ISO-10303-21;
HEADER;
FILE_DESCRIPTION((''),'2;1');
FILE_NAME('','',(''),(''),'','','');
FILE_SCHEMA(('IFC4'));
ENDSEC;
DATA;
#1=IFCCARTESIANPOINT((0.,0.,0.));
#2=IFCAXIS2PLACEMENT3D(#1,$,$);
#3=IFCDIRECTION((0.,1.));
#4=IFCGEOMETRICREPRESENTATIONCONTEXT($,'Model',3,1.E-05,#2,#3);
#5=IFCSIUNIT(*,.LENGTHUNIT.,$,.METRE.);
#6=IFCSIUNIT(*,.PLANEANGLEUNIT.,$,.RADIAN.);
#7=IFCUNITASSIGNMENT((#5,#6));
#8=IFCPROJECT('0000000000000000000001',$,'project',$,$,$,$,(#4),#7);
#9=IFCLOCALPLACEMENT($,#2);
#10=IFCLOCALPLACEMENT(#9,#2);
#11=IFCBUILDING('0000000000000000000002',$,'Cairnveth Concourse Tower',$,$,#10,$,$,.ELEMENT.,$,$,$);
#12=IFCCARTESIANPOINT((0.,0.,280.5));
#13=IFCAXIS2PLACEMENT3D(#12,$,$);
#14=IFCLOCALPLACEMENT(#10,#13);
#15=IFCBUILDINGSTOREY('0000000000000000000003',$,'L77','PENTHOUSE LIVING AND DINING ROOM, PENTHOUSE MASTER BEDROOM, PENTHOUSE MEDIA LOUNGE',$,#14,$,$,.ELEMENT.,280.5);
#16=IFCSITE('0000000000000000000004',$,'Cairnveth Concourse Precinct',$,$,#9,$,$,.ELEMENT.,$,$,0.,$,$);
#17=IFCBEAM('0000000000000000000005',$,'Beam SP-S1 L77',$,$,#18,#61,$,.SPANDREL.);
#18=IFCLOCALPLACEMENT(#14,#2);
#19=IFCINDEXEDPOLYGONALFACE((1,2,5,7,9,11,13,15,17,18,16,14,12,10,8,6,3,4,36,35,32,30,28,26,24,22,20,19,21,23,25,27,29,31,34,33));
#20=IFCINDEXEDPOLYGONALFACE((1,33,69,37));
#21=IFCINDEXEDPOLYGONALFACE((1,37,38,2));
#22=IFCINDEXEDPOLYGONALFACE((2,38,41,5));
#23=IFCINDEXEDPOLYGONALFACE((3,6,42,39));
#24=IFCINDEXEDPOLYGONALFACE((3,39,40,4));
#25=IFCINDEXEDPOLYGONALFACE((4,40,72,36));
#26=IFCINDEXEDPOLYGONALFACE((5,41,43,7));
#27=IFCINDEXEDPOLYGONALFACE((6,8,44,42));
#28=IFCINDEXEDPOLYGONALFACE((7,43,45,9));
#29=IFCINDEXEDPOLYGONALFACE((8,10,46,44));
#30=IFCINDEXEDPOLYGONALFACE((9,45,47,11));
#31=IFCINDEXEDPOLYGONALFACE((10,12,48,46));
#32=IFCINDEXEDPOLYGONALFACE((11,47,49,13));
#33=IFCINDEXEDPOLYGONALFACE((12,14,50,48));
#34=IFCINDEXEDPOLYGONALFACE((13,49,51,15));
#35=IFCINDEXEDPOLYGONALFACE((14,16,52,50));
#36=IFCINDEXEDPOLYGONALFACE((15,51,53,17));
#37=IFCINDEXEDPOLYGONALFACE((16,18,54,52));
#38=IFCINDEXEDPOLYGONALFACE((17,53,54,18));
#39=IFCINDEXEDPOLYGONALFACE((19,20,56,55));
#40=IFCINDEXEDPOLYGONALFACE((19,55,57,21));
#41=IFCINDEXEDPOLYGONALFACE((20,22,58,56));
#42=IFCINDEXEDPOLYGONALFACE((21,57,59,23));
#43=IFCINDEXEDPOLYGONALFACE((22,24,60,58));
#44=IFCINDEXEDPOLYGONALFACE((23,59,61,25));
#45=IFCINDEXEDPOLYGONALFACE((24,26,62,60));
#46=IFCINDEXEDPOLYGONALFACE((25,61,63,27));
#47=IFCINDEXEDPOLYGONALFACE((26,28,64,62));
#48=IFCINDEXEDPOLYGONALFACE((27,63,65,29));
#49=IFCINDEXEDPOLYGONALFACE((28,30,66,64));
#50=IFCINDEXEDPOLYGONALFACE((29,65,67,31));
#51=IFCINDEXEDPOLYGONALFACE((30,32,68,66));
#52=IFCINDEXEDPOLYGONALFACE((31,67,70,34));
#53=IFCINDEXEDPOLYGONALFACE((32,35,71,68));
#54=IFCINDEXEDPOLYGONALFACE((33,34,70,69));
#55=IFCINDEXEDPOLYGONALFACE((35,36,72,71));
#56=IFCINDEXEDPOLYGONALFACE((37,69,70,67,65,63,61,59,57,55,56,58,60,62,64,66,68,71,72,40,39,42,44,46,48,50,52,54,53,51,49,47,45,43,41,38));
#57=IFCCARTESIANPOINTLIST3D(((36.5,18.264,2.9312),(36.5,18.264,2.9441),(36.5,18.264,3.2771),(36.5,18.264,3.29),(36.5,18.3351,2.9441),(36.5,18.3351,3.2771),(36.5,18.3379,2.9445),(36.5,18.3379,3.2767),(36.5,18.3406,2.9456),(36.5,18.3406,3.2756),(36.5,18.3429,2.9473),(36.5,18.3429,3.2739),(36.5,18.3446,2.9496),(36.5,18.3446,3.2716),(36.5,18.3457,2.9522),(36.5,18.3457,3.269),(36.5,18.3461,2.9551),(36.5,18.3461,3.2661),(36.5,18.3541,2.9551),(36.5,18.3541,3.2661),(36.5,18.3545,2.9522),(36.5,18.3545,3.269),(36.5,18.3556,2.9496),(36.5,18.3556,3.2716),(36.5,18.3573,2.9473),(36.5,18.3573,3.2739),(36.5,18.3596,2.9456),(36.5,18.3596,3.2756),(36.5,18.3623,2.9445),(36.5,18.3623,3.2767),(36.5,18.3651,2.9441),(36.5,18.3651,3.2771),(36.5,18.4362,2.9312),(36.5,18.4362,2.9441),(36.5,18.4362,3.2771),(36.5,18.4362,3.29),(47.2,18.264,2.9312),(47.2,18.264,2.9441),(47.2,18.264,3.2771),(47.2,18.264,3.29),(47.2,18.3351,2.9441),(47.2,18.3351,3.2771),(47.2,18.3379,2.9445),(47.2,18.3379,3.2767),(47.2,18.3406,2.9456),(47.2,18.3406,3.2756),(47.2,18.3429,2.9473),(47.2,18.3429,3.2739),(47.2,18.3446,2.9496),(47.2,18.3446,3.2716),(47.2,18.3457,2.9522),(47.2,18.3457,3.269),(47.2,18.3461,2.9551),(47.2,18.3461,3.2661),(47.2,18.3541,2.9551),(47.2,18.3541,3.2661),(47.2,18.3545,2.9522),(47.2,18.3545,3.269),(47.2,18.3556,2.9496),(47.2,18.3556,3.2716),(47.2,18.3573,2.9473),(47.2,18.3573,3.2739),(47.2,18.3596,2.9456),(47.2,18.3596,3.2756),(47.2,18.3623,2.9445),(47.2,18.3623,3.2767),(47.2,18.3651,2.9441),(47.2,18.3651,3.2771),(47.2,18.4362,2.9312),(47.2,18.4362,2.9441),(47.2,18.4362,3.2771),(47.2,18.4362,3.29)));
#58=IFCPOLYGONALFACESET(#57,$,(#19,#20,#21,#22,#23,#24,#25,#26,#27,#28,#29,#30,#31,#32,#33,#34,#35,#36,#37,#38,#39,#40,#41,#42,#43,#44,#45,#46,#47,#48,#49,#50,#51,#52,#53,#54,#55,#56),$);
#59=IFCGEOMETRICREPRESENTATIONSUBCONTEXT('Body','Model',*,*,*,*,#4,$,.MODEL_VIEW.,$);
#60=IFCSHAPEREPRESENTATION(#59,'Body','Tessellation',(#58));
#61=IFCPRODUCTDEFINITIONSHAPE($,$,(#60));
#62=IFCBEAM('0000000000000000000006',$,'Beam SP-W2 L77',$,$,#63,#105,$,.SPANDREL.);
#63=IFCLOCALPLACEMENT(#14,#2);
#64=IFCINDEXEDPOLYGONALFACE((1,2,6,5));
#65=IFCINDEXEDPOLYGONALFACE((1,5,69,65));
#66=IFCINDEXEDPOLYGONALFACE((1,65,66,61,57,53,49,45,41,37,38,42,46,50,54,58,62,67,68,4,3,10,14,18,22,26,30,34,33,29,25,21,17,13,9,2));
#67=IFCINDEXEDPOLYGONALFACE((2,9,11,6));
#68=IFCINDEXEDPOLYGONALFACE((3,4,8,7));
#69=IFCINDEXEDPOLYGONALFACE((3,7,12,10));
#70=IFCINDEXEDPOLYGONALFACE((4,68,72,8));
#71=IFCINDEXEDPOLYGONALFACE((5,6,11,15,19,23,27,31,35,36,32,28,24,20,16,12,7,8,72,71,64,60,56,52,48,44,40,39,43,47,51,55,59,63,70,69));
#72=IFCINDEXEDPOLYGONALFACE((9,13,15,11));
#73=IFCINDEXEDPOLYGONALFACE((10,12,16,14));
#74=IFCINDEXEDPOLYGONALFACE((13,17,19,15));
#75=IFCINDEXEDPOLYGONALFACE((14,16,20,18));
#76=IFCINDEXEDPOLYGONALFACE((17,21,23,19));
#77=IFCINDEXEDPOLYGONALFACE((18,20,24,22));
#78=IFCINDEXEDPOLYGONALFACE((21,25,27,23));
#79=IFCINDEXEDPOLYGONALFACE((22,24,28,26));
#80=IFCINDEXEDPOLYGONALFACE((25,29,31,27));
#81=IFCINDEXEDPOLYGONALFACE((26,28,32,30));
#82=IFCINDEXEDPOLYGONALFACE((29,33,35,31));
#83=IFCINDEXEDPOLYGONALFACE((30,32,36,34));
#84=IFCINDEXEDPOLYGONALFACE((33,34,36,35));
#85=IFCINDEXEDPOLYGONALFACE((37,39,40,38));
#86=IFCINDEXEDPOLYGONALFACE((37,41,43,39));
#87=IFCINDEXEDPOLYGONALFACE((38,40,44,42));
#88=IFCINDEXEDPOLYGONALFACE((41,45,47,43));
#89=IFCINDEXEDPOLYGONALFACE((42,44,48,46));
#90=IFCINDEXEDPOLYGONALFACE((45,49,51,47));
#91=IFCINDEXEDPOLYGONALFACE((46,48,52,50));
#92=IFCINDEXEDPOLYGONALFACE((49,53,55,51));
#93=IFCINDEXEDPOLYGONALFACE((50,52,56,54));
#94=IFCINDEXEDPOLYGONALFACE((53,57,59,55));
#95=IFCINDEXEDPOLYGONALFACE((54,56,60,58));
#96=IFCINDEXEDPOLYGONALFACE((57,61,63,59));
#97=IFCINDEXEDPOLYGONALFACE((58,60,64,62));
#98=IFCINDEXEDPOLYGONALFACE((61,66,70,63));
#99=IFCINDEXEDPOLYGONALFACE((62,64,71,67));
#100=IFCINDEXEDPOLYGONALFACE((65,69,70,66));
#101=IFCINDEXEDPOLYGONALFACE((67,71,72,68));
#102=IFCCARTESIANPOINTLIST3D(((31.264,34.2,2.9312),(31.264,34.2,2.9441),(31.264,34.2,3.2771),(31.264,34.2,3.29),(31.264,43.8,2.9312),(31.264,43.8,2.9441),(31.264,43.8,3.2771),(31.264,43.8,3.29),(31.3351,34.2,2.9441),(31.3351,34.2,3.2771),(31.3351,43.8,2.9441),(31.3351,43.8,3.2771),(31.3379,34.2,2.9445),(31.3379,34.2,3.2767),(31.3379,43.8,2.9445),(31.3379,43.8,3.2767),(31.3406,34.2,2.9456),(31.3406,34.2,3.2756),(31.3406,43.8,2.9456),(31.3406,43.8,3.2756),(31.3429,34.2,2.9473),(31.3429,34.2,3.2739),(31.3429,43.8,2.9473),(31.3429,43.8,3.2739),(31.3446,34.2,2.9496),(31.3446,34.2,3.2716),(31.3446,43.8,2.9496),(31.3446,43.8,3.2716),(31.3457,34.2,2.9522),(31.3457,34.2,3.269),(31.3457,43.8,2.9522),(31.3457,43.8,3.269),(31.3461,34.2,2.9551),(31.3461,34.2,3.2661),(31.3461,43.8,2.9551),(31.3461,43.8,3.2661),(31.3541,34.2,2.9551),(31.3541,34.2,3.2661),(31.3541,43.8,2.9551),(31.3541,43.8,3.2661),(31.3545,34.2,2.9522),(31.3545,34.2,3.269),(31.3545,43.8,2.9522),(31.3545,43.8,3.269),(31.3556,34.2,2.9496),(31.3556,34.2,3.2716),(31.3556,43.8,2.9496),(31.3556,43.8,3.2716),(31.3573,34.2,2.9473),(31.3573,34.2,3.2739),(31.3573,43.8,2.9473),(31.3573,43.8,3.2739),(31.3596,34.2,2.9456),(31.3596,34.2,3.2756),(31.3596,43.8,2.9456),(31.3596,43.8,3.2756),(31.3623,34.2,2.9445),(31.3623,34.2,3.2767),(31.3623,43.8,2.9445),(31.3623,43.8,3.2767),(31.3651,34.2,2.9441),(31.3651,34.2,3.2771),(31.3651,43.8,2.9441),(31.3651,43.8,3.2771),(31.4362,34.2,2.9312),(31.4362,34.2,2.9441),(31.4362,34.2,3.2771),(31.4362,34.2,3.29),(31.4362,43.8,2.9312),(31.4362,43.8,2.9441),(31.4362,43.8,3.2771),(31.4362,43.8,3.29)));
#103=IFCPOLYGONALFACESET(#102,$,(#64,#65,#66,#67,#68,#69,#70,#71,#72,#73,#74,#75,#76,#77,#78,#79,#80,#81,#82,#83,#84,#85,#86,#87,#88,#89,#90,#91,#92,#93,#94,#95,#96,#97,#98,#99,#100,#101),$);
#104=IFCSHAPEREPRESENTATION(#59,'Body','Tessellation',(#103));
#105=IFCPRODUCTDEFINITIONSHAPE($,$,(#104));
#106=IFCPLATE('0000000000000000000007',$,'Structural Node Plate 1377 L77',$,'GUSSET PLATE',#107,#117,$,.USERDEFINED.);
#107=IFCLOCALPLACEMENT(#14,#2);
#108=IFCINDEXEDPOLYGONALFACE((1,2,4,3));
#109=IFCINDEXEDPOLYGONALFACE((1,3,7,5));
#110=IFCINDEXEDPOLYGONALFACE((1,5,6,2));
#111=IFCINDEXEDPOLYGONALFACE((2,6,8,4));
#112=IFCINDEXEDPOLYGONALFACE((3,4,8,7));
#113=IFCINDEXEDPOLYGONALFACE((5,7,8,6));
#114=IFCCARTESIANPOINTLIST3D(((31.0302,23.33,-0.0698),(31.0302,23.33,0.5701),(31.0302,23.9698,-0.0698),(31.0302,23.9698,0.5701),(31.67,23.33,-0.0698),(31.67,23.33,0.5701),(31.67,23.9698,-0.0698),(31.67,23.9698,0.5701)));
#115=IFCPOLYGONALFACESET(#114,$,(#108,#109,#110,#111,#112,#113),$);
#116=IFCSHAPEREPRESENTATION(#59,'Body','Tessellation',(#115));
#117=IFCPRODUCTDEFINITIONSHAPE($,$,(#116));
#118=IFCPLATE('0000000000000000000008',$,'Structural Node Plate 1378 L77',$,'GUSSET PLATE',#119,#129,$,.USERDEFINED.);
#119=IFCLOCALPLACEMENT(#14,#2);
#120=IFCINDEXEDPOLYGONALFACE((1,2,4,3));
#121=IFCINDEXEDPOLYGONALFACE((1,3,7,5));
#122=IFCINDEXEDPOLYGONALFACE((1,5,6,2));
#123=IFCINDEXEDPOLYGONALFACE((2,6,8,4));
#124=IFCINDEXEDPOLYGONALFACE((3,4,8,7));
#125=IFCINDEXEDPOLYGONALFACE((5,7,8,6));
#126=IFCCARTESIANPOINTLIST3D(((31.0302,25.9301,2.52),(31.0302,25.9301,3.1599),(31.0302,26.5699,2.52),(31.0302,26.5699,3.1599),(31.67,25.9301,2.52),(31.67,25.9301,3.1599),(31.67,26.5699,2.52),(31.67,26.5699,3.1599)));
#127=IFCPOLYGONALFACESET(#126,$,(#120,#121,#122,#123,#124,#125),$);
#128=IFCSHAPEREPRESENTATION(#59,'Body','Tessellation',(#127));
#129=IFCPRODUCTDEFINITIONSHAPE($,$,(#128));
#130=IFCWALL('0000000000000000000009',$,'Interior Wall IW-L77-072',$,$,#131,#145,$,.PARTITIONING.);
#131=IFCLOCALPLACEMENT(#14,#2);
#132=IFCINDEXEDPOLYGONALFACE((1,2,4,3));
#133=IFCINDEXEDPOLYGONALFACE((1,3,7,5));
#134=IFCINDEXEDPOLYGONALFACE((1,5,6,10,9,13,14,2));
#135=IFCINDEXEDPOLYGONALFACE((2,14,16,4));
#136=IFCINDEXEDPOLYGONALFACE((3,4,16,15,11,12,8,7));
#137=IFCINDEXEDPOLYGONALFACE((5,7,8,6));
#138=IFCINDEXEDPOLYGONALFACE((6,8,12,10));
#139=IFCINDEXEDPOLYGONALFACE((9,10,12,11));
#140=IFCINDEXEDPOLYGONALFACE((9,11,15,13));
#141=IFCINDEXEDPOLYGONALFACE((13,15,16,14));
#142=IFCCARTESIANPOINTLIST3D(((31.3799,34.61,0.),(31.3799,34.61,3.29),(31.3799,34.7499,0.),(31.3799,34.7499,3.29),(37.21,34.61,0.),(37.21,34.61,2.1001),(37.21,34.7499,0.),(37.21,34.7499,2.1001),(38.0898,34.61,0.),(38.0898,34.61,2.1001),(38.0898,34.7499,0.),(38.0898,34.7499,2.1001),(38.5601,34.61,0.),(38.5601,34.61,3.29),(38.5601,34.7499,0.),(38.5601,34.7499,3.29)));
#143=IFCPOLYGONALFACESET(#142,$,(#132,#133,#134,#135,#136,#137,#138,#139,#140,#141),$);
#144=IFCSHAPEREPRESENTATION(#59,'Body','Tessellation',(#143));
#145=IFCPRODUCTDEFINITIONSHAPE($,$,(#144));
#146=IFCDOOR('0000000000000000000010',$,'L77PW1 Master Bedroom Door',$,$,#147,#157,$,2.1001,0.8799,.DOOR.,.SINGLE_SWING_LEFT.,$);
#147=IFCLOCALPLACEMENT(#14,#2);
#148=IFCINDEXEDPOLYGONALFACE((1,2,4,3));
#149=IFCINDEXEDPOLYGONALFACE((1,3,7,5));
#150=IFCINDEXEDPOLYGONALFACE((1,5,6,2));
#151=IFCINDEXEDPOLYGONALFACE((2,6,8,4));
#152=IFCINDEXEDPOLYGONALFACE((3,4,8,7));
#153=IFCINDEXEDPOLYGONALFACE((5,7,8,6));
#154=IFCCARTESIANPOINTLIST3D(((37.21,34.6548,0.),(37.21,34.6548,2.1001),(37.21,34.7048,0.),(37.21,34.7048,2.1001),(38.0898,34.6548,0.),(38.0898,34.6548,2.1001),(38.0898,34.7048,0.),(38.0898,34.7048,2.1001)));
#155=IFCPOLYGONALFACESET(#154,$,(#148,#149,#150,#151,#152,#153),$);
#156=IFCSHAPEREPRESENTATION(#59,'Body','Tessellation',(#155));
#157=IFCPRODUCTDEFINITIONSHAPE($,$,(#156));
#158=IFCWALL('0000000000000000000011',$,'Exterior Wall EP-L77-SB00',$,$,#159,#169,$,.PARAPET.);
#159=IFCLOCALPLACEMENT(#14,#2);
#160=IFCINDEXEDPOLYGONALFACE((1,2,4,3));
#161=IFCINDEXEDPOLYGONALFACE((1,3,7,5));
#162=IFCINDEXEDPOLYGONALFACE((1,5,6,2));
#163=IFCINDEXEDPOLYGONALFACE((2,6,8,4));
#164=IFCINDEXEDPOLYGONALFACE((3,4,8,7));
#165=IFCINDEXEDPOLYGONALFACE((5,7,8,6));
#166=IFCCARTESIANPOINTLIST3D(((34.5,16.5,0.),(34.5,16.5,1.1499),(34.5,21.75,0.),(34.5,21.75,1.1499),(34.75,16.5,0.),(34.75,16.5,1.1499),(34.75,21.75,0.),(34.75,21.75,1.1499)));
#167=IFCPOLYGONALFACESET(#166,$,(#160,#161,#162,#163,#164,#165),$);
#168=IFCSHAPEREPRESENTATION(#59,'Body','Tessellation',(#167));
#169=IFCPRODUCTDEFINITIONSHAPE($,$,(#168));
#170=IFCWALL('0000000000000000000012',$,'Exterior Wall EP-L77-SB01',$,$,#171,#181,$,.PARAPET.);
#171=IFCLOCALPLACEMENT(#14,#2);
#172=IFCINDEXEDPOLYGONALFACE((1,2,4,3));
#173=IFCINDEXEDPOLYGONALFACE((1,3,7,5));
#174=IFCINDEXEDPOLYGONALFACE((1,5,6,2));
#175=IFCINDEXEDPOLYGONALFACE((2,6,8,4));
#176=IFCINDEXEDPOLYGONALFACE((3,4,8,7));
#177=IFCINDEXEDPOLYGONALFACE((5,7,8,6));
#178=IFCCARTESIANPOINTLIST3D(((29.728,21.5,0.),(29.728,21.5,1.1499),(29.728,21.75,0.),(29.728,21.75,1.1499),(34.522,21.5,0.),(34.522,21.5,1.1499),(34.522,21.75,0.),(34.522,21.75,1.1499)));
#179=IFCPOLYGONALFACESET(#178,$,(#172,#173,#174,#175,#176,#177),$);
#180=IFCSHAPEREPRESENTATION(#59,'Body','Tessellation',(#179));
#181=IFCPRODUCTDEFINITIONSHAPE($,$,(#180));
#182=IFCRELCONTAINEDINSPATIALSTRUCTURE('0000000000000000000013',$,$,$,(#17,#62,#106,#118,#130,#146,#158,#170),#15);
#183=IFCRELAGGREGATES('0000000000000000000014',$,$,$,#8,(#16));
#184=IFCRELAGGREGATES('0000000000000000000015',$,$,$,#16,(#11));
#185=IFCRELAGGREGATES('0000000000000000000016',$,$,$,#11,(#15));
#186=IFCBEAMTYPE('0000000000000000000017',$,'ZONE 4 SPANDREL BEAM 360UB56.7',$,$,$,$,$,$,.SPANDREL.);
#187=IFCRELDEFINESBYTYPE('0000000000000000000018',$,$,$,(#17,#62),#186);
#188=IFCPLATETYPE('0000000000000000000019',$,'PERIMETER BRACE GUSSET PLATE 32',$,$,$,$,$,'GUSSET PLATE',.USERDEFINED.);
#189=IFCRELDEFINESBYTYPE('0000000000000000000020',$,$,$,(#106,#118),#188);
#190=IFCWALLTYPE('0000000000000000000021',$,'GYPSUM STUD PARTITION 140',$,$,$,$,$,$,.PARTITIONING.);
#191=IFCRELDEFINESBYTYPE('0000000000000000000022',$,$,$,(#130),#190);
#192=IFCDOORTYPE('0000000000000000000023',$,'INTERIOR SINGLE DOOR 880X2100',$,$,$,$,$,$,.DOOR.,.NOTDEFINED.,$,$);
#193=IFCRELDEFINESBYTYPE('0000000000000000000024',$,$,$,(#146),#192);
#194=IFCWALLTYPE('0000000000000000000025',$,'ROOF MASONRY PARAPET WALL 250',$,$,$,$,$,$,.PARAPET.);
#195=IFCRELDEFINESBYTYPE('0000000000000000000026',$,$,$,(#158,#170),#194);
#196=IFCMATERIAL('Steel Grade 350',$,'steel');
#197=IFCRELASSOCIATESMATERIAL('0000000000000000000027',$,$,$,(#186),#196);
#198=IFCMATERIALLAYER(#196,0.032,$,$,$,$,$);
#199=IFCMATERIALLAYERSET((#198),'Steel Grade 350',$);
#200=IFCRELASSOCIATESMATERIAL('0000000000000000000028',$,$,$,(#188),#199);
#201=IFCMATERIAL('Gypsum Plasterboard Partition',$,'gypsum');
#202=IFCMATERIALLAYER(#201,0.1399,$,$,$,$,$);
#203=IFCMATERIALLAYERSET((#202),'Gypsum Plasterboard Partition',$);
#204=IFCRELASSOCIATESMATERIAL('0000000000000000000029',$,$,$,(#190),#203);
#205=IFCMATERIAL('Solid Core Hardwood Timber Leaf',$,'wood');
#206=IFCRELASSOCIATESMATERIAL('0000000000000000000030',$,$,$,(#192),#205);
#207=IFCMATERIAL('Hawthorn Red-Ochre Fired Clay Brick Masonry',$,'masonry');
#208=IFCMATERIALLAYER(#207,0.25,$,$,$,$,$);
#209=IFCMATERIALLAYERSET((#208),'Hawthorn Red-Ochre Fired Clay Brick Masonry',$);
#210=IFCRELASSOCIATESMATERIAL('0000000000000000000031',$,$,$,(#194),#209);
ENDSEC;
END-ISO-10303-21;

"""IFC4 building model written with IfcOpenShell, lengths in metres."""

from ifc_helpers import new_model, si_unit, direction, frame, frame_2d, origin, origin_2d, place, context, subcontext, project, spatial, rectangle, i_section, extrude, material, layer, layer_set, material_profile, profile_set, type_object, element, fill, save


model = new_model("IFC4")

# Units and contexts
model_context = context("Model", 3, precision=1e-05, world=origin(), true_north=direction((0.0, 1.0)))
body_context = subcontext(model_context, "Body", "Model", "MODEL_VIEW")
ifc_project = project(units=[si_unit("LENGTHUNIT", "METRE"), si_unit("PLANEANGLEUNIT", "RADIAN")], contexts=[model_context])

# Site, building, storey
site_placement = place(None, origin())
site = spatial("IfcSite", under=ifc_project, at=site_placement, Name="Cairnveth Concourse Precinct", CompositionType="ELEMENT", RefElevation=0.0)
building_placement = place(site_placement, origin())
building = spatial("IfcBuilding", under=site, at=building_placement, Name="Cairnveth Concourse Tower", CompositionType="ELEMENT")
storey_placement = place(building_placement, frame((0.0, 0.0, 280.5)))
storey = spatial("IfcBuildingStorey", under=building, at=storey_placement, Name="L77", Description="PENTHOUSE LIVING AND DINING ROOM, PENTHOUSE MASTER BEDROOM, PENTHOUSE MEDIA LOUNGE", CompositionType="ELEMENT", Elevation=280.5)

# Shared definitions
ifc_material_1 = material(Name="Steel Grade 350", Category="steel")

# Beams
ifc_material_profile_1 = material_profile(ifc_material_1, i_section(OverallWidth=0.1721, OverallDepth=0.3589, WebThickness=0.0081, FlangeThickness=0.0129, FilletRadius=0.011, at=origin_2d()), Name="360UB56.7")
ifc_profile_set_1 = profile_set([ifc_material_profile_1], Name="Steel Grade 350")
beam_type_1 = type_object("IfcBeamType", Name="ZONE 4 SPANDREL BEAM 360UB56.7", PredefinedType="SPANDREL", material=ifc_profile_set_1)
beam_1_placement = place(storey_placement, frame((36.5, 18.3501, 3.1106), z_axis=(1.0, 0.0, 0.0), x_axis=(0.0, 1.0, 0.0)))
element("IfcBeam", 1, at=beam_1_placement, inside=storey, type_object=beam_type_1, Name="Beam SP-S1 L77", PredefinedType="SPANDREL", context=body_context, shape_type="SweptSolid", body=[
    extrude(i_section(OverallWidth=0.1721, OverallDepth=0.3589, WebThickness=0.0081, FlangeThickness=0.0129, FilletRadius=0.011, at=origin_2d()), origin(), (0.0, 0.0, 1.0), 10.7),
])
beam_2_placement = place(storey_placement, frame((31.3501, 34.2, 3.1106), z_axis=(0.0, 1.0, 0.0), x_axis=(-1.0, 0.0, 0.0)))
element("IfcBeam", 2, at=beam_2_placement, inside=storey, type_object=beam_type_1, Name="Beam SP-W2 L77", PredefinedType="SPANDREL", context=body_context, shape_type="SweptSolid", body=[
    extrude(i_section(OverallWidth=0.1721, OverallDepth=0.3589, WebThickness=0.0081, FlangeThickness=0.0129, FilletRadius=0.011, at=origin_2d()), origin(), (0.0, 0.0, 1.0), 9.6001),
])

# Plates
ifc_layer_1 = layer(ifc_material_1, 0.032)
ifc_layer_set_1 = layer_set([ifc_layer_1], Name="Steel Grade 350")
plate_type = type_object("IfcPlateType", Name="PERIMETER BRACE GUSSET PLATE 32", ElementType="GUSSET PLATE", PredefinedType="USERDEFINED", material=ifc_layer_set_1)
for number, where, z_axis, x_axis, name in (
    (3, (31.3501, 23.6499, -0.0698), (0.0, 0.0, 1.0), (1.0, 0.0, 0.0), "Structural Node Plate 1377 L77"),
    (4, (31.3501, 26.25, 2.52), (0.0, 0.0, 1.0), (1.0, 0.0, 0.0), "Structural Node Plate 1378 L77"),
):
    element("IfcPlate", number, at=place(storey_placement, frame(where, z_axis=z_axis, x_axis=x_axis)), inside=storey, type_object=plate_type, Name=name, ObjectType="GUSSET PLATE", PredefinedType="USERDEFINED", context=body_context, shape_type="SweptSolid", body=[
        extrude(rectangle(XDim=0.6399, YDim=0.6399, at=origin_2d()), origin(), (0.0, 0.0, 1.0), 0.6399),
    ])

# Wall, opening, door
ifc_material_2 = material(Name="Gypsum Plasterboard Partition", Category="gypsum")
ifc_layer_2 = layer(ifc_material_2, 0.1399)
ifc_layer_set_2 = layer_set([ifc_layer_2], Name="Gypsum Plasterboard Partition")
wall_type_1 = type_object("IfcWallType", Name="GYPSUM STUD PARTITION 140", PredefinedType="PARTITIONING", material=ifc_layer_set_2)
wall_1_placement = place(storey_placement, frame((31.3799, 34.6799, 0.0), z_axis=(0.0, 0.0, 1.0), x_axis=(1.0, 0.0, 0.0)))
wall_1 = element("IfcWall", 5, at=wall_1_placement, inside=storey, type_object=wall_type_1, Name="Interior Wall IW-L77-072", PredefinedType="PARTITIONING", context=body_context, shape_type="SweptSolid", body=[
    extrude(rectangle(XDim=7.1802, YDim=0.1399, at=frame_2d((3.5901, 0.0))), origin(), (0.0, 0.0, 1.0), 3.29),
])
opening_1_placement = place(wall_1_placement, frame((5.8301, 0.0, 0.0)))
opening_1 = element("IfcOpeningElement", 6, at=opening_1_placement, cuts=wall_1, PredefinedType="OPENING", context=body_context, shape_type="SweptSolid", body=[
    extrude(rectangle(XDim=0.8799, YDim=2.1001, at=frame_2d((0.4399, 1.05))), frame((0.0, 0.0798, 0.0), z_axis=(0.0, -1.0, 0.0), x_axis=(1.0, 0.0, 0.0)), (0.0, 0.0, 1.0), 0.1599),
])
ifc_material_3 = material(Name="Solid Core Hardwood Timber Leaf", Category="wood")
door_type = type_object("IfcDoorType", Name="INTERIOR SINGLE DOOR 880X2100", OperationType="NOTDEFINED", PredefinedType="DOOR", material=ifc_material_3)
door_placement = place(opening_1_placement, origin())
door = element("IfcDoor", 7, at=door_placement, inside=storey, type_object=door_type, Name="L77PW1 Master Bedroom Door", OperationType="SINGLE_SWING_LEFT", OverallHeight=2.1001, OverallWidth=0.8799, PredefinedType="DOOR", context=body_context, shape_type="SweptSolid", body=[
    extrude(rectangle(XDim=0.8799, YDim=2.1001, at=frame_2d((0.4399, 1.05))), frame((0.0, 0.0249, 0.0), z_axis=(0.0, -1.0, 0.0), x_axis=(1.0, 0.0, 0.0)), (0.0, 0.0, 1.0), 0.05),
])
fill(opening_1, door)

# Walls
ifc_material_4 = material(Name="Hawthorn Red-Ochre Fired Clay Brick Masonry", Category="masonry")
ifc_layer_3 = layer(ifc_material_4, 0.25)
ifc_layer_set_3 = layer_set([ifc_layer_3], Name="Hawthorn Red-Ochre Fired Clay Brick Masonry")
wall_type_2 = type_object("IfcWallType", Name="ROOF MASONRY PARAPET WALL 250", PredefinedType="PARAPET", material=ifc_layer_set_3)
wall_2_placement = place(storey_placement, frame((34.625, 16.5, 0.0), z_axis=(0.0, 0.0, 1.0), x_axis=(0.0, 1.0, 0.0)))
element("IfcWall", 8, at=wall_2_placement, inside=storey, type_object=wall_type_2, Name="Exterior Wall EP-L77-SB00", PredefinedType="PARAPET", context=body_context, shape_type="SweptSolid", body=[
    extrude(rectangle(XDim=5.25, YDim=0.25, at=frame_2d((2.625, 0.0))), origin(), (0.0, 0.0, 1.0), 1.1499),
])
wall_3_placement = place(storey_placement, frame((34.522, 21.625, 0.0), z_axis=(0.0, 0.0, 1.0), x_axis=(-1.0, 0.0, 0.0)))
element("IfcWall", 9, at=wall_3_placement, inside=storey, type_object=wall_type_2, Name="Exterior Wall EP-L77-SB01", PredefinedType="PARAPET", context=body_context, shape_type="SweptSolid", body=[
    extrude(rectangle(XDim=4.7939, YDim=0.25, at=frame_2d((2.397, 0.0))), origin(), (0.0, 0.0, 1.0), 1.1499),
])

save(model, "model.ifc")
